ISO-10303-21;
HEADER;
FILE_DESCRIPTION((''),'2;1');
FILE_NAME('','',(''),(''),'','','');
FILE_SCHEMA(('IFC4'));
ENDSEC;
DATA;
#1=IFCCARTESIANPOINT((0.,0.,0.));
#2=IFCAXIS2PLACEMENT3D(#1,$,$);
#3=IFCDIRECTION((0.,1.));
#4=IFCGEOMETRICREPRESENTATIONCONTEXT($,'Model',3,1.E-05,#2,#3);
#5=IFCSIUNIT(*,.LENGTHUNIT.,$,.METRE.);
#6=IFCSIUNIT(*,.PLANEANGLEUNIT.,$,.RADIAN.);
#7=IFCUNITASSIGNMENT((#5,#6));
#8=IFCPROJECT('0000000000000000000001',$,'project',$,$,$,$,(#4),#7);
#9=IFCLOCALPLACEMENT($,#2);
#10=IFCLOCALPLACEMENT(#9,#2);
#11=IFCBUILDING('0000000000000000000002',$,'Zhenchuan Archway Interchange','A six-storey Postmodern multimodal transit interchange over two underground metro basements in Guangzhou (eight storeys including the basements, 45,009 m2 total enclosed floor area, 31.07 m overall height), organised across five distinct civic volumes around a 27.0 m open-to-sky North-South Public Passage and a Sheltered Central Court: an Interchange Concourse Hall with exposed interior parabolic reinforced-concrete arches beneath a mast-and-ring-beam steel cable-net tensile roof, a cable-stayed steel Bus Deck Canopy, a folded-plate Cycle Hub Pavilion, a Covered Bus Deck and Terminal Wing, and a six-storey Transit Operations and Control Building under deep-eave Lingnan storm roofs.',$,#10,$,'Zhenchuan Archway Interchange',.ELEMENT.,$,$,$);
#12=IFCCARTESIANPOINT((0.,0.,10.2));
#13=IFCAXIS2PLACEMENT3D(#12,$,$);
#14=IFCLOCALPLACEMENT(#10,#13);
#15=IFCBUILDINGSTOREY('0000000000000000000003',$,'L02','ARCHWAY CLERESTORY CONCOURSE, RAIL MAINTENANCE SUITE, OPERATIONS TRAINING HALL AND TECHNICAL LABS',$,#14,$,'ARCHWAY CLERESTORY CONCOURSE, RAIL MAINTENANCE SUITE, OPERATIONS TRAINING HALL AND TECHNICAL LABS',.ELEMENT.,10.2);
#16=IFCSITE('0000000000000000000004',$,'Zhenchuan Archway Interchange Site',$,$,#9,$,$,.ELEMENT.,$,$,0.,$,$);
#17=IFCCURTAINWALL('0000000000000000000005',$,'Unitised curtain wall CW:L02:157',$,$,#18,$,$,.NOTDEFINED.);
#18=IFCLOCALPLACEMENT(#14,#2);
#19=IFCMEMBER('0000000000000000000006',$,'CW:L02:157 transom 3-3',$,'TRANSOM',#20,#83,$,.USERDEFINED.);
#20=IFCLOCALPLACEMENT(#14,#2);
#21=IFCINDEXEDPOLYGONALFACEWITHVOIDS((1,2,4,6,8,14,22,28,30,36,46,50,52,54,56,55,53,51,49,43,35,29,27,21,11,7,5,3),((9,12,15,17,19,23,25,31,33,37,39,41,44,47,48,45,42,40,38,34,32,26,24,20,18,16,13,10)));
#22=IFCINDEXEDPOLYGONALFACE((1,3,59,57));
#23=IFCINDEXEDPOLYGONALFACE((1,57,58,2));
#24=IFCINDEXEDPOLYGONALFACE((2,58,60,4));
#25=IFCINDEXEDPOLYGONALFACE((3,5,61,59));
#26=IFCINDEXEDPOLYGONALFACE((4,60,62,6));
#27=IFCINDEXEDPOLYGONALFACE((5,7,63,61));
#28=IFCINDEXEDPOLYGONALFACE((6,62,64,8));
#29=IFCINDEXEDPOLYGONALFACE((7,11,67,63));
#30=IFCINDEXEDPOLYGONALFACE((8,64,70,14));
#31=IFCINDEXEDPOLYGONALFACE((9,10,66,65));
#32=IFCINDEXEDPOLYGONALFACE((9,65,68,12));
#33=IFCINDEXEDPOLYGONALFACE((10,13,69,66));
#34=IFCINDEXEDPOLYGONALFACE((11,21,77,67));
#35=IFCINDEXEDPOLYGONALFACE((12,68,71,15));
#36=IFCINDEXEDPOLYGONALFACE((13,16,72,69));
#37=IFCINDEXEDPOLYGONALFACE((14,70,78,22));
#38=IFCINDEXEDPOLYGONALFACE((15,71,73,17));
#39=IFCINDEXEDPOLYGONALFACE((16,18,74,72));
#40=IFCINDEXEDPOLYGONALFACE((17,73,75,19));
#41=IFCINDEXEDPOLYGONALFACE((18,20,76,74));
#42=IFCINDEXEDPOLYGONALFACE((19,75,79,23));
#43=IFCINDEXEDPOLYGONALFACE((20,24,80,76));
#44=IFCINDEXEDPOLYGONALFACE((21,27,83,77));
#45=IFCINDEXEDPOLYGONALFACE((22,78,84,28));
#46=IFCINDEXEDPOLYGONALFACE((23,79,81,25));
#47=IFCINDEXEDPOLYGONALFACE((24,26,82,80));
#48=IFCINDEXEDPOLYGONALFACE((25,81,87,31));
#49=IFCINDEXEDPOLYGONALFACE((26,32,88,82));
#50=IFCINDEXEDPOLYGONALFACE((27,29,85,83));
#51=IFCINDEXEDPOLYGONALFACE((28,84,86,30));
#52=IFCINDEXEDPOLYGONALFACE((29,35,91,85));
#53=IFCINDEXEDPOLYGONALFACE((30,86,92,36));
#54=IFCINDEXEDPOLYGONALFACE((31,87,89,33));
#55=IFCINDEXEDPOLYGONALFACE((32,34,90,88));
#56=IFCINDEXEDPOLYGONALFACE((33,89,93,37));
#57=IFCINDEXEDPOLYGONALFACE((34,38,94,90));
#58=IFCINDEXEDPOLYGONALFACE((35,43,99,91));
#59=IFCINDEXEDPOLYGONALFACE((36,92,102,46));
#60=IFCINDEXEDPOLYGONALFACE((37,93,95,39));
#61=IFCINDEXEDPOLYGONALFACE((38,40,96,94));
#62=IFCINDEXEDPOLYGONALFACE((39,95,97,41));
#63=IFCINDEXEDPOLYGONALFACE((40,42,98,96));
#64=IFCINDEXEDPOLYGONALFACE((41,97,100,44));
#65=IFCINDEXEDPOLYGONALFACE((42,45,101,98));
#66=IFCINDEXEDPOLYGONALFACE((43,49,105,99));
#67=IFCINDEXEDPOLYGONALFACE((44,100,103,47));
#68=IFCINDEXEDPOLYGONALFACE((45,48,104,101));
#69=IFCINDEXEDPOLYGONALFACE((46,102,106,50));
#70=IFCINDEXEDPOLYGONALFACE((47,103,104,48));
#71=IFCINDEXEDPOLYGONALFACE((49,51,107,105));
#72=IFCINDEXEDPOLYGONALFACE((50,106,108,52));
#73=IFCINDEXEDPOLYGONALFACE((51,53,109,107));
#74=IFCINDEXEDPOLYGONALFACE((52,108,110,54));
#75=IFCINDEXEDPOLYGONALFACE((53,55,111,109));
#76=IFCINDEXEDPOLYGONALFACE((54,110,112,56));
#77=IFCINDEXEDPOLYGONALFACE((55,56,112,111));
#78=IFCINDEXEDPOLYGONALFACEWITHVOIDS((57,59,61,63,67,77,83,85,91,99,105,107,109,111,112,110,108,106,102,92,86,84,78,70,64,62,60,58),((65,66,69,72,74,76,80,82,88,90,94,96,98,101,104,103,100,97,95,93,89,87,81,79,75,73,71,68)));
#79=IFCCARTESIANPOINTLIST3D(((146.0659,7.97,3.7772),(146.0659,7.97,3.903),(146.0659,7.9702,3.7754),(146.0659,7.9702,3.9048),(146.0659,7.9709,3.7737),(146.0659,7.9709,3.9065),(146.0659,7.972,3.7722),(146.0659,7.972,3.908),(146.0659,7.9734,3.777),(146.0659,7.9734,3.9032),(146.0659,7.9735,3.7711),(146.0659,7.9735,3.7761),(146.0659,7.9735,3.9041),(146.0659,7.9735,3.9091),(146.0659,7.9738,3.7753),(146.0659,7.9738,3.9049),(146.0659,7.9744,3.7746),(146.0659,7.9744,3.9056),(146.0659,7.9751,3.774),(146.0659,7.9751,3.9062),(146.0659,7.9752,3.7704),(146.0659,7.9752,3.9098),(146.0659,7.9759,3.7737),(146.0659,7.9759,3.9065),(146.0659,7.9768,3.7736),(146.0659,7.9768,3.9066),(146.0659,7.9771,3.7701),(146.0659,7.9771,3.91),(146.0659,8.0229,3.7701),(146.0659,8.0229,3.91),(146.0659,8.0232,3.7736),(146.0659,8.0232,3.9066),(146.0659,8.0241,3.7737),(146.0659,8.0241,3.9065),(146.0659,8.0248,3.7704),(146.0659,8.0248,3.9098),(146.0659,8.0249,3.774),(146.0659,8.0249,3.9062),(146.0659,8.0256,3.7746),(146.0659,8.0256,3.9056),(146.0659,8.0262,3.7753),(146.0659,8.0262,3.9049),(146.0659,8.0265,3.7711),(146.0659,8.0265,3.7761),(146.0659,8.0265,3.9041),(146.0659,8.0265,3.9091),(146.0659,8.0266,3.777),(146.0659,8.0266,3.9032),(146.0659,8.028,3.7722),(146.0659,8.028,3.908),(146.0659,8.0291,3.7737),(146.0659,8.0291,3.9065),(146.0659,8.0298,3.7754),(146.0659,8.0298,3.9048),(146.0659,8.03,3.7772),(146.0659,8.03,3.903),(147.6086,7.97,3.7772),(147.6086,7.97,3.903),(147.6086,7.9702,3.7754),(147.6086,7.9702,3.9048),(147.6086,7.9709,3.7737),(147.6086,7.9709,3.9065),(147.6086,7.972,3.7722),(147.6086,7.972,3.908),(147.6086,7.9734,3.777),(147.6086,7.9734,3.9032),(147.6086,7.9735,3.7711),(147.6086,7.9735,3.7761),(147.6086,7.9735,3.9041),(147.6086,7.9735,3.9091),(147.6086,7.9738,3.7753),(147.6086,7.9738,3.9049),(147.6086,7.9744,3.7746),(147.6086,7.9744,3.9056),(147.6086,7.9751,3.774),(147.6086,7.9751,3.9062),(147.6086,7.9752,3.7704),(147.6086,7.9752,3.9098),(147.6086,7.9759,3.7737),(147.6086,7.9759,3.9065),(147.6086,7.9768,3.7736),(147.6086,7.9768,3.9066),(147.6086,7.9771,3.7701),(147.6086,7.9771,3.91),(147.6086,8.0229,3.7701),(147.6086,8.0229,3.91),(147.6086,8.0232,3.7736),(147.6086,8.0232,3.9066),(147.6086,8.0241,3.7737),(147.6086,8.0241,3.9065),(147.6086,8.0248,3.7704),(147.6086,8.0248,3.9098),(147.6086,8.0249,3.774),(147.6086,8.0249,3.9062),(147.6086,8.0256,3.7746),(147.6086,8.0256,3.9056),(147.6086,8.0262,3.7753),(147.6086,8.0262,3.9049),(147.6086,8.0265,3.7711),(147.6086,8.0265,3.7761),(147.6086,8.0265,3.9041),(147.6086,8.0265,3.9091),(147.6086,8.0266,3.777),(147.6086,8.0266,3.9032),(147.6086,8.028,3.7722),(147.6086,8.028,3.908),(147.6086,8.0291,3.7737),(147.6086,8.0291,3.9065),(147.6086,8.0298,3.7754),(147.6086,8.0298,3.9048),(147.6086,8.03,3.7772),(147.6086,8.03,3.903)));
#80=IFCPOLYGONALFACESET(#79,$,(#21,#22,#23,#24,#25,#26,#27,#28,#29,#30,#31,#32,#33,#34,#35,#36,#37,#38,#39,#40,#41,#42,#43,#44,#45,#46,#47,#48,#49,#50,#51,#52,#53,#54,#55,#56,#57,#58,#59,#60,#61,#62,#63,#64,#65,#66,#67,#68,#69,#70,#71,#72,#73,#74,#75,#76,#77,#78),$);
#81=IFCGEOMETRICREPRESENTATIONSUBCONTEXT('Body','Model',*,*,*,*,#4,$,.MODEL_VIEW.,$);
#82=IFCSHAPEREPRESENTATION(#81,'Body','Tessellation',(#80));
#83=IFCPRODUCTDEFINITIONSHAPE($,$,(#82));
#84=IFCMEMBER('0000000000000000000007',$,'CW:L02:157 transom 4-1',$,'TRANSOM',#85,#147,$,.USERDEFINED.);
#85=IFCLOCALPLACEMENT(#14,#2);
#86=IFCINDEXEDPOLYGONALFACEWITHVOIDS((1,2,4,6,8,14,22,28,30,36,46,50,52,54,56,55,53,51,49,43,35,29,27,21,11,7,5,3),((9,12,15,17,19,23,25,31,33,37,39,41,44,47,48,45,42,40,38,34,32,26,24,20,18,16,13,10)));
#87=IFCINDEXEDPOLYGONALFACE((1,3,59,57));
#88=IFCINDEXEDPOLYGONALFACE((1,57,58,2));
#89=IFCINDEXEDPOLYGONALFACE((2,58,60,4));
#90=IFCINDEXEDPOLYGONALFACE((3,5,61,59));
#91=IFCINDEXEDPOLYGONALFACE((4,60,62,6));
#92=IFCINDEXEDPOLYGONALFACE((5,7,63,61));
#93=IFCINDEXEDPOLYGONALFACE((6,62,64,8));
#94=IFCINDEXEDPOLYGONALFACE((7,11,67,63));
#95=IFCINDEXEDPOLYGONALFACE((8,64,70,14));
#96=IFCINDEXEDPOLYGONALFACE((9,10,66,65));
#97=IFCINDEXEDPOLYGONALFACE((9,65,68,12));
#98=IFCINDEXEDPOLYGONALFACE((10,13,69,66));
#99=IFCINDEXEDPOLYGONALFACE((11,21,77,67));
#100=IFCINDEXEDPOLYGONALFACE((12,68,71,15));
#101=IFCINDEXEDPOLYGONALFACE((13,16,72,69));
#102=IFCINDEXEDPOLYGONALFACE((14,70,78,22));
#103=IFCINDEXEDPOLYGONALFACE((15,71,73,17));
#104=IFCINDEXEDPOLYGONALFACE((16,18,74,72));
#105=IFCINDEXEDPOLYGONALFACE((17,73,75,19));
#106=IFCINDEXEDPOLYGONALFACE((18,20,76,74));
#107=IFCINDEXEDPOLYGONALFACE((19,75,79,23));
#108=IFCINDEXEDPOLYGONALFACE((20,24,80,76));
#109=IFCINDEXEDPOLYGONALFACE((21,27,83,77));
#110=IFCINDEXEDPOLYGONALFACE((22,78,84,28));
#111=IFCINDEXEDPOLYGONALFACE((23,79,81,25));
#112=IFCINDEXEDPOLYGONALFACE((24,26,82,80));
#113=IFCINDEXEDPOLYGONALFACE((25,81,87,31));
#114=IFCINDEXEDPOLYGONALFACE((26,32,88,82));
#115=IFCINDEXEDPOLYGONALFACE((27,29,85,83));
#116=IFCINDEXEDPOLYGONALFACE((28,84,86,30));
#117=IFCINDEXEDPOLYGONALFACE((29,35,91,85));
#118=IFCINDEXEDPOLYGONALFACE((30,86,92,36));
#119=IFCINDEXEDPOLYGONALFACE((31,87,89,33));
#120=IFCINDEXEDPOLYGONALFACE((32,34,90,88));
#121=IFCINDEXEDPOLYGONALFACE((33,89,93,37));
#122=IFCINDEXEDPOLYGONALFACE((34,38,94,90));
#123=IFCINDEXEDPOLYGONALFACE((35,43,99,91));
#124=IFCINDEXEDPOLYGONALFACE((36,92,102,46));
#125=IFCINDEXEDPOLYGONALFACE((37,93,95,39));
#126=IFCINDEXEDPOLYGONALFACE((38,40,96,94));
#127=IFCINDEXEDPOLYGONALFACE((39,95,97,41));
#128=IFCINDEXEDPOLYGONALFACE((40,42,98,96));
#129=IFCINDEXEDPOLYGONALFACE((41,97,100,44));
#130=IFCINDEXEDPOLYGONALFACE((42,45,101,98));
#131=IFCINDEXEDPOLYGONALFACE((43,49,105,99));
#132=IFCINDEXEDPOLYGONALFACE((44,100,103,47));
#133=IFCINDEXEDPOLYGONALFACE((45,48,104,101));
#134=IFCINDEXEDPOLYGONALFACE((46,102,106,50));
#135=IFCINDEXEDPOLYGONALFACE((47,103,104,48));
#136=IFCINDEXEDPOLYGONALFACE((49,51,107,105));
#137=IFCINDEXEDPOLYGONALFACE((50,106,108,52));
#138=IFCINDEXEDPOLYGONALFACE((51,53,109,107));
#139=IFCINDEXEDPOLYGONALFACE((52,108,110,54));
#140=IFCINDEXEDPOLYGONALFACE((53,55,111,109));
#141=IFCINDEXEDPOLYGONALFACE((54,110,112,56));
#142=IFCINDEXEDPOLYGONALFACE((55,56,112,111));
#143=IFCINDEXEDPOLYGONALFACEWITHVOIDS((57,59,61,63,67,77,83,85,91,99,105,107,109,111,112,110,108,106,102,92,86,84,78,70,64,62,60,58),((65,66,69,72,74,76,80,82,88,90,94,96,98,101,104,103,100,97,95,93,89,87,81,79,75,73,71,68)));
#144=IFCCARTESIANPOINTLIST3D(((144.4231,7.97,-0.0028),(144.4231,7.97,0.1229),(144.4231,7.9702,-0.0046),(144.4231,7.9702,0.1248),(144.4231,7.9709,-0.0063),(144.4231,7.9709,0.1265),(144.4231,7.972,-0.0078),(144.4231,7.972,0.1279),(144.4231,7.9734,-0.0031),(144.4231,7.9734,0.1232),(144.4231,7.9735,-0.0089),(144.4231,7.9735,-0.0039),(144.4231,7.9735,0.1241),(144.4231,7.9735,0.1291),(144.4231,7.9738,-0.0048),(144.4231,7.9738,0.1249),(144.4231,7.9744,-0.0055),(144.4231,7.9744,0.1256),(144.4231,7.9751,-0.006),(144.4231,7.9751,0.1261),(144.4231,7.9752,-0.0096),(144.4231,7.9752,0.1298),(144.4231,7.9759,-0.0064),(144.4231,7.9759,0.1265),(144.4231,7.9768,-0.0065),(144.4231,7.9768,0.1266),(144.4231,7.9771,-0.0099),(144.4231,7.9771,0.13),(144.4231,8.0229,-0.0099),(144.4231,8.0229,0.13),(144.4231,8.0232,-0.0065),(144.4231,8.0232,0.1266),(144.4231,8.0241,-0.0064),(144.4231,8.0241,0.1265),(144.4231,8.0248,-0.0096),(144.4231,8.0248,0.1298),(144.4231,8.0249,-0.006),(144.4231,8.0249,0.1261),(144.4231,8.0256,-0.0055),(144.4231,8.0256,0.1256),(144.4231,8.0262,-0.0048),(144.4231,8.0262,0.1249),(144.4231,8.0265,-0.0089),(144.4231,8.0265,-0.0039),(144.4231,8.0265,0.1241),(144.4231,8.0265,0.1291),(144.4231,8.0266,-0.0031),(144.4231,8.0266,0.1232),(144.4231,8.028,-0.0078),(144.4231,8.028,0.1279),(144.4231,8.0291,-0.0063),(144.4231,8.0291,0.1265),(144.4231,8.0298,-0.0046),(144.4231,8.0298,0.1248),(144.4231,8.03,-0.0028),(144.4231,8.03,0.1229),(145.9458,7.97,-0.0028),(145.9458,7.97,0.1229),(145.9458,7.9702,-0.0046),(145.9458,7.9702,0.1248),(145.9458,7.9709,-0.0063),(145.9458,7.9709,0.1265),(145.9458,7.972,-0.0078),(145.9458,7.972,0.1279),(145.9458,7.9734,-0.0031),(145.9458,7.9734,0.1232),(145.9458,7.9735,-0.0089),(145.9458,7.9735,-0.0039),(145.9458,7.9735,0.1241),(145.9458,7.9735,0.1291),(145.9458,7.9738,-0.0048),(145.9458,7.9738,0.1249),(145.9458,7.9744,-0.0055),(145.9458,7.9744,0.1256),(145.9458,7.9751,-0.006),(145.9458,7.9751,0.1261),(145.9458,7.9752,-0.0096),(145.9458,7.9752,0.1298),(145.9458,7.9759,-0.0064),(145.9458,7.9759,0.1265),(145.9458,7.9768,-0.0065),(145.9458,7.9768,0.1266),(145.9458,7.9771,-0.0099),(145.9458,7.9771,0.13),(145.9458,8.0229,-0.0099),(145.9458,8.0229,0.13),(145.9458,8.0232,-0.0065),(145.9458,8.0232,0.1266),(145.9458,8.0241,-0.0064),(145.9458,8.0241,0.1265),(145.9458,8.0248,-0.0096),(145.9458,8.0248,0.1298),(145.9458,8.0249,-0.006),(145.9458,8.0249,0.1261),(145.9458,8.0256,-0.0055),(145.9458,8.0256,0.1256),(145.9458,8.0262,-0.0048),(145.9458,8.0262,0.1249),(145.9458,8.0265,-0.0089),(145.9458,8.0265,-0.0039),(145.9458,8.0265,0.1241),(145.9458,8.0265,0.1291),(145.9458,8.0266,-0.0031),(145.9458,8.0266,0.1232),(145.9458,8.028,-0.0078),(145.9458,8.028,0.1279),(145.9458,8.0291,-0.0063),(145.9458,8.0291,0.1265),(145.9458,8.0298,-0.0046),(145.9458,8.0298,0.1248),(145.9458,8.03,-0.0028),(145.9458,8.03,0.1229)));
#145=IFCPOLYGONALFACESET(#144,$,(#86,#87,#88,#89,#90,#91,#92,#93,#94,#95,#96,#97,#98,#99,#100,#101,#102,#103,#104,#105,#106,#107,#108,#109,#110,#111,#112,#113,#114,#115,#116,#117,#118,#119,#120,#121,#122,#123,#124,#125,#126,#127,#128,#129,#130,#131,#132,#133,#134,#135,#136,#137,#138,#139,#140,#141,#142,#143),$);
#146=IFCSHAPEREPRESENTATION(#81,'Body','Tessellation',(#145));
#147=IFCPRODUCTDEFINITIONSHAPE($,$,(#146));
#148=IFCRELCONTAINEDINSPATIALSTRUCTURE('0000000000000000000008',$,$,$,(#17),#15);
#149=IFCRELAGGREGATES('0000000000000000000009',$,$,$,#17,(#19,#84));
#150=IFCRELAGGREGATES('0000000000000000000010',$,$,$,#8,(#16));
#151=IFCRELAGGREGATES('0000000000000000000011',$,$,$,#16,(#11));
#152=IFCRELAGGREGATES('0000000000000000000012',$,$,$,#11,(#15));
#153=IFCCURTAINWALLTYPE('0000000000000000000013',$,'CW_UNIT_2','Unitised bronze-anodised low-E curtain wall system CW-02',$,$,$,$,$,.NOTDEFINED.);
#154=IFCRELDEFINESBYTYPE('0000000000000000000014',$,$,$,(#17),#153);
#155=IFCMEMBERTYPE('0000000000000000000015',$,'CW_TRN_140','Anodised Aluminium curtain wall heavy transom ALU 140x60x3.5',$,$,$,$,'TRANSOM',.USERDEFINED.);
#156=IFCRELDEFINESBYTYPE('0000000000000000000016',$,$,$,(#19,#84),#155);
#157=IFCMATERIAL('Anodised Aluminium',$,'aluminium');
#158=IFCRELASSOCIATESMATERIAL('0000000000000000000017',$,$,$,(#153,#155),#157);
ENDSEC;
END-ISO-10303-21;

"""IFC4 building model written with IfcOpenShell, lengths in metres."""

from ifc_helpers import new_model, si_unit, direction, frame, origin, origin_2d, place, context, subcontext, project, spatial, hollow_rectangle, extrude, material, material_profile, profile_set, type_object, element, aggregate, save


model = new_model("IFC4")

# Units and contexts
model_context = context("Model", 3, precision=1e-05, world=origin(), true_north=direction((0.0, 1.0)))
body_context = subcontext(model_context, "Body", "Model", "MODEL_VIEW")
ifc_project = project(units=[si_unit("LENGTHUNIT", "METRE"), si_unit("PLANEANGLEUNIT", "RADIAN")], contexts=[model_context])

# Site, building, storey
site_placement = place(None, origin())
site = spatial("IfcSite", under=ifc_project, at=site_placement, Name="Zhenchuan Archway Interchange Site", CompositionType="ELEMENT", RefElevation=0.0)
building_placement = place(site_placement, origin())
building = spatial("IfcBuilding", under=site, at=building_placement, Name="Zhenchuan Archway Interchange", Description="A six-storey Postmodern multimodal transit interchange over two underground metro basements in Guangzhou (eight storeys including the basements, 45,009 m2 total enclosed floor area, 31.07 m overall height), organised across five distinct civic volumes around a 27.0 m open-to-sky North-South Public Passage and a Sheltered Central Court: an Interchange Concourse Hall with exposed interior parabolic reinforced-concrete arches beneath a mast-and-ring-beam steel cable-net tensile roof, a cable-stayed steel Bus Deck Canopy, a folded-plate Cycle Hub Pavilion, a Covered Bus Deck and Terminal Wing, and a six-storey Transit Operations and Control Building under deep-eave Lingnan storm roofs.", LongName="Zhenchuan Archway Interchange", CompositionType="ELEMENT")
storey_placement = place(building_placement, frame((0.0, 0.0, 10.2)))
storey = spatial("IfcBuildingStorey", under=building, at=storey_placement, Name="L02", Description="ARCHWAY CLERESTORY CONCOURSE, RAIL MAINTENANCE SUITE, OPERATIONS TRAINING HALL AND TECHNICAL LABS", LongName="ARCHWAY CLERESTORY CONCOURSE, RAIL MAINTENANCE SUITE, OPERATIONS TRAINING HALL AND TECHNICAL LABS", CompositionType="ELEMENT", Elevation=10.2)

# Curtain wall, members
ifc_material_1 = material(Name="Anodised Aluminium", Category="aluminium")
curtain_wall_type = type_object("IfcCurtainWallType", Name="CW_UNIT_2", Description="Unitised bronze-anodised low-E curtain wall system CW-02", PredefinedType="NOTDEFINED", material=ifc_material_1)
curtain_wall_placement = place(storey_placement, origin())
curtain_wall = element("IfcCurtainWall", 1, at=curtain_wall_placement, inside=storey, type_object=curtain_wall_type, Name="Unitised curtain wall CW:L02:157", PredefinedType="NOTDEFINED")
ifc_material_profile_1 = material_profile(ifc_material_1, hollow_rectangle(XDim=0.0601, YDim=0.1399, WallThickness=0.0034, InnerFilletRadius=0.0034, OuterFilletRadius=0.0071, at=origin_2d()), Name="ALU 140x60x3.5")
ifc_profile_set_1 = profile_set([ifc_material_profile_1], Name="Anodised Aluminium")
member_type_1 = type_object("IfcMemberType", Name="CW_TRN_140", Description="Anodised Aluminium curtain wall heavy transom ALU 140x60x3.5", ElementType="TRANSOM", PredefinedType="USERDEFINED", material=ifc_profile_set_1)
member_1_placement = place(storey_placement, frame((147.6086, 8.0, 3.8401), z_axis=(-1.0, 0.0, 0.0), x_axis=(0.0, -1.0, 0.0)))
member_1 = element("IfcMember", 2, at=member_1_placement, type_object=member_type_1, Name="CW:L02:157 transom 3-3", ObjectType="TRANSOM", PredefinedType="USERDEFINED", context=body_context, shape_type="SweptSolid", body=[
    extrude(hollow_rectangle(XDim=0.0601, YDim=0.1399, WallThickness=0.0034, InnerFilletRadius=0.0034, OuterFilletRadius=0.0071, at=origin_2d()), origin(), (0.0, 0.0, 1.0), 1.5427),
])
member_2_placement = place(storey_placement, frame((145.9458, 8.0, 0.0601), z_axis=(-1.0, 0.0, 0.0), x_axis=(0.0, -1.0, 0.0)))
member_2 = element("IfcMember", 3, at=member_2_placement, type_object=member_type_1, Name="CW:L02:157 transom 4-1", ObjectType="TRANSOM", PredefinedType="USERDEFINED", context=body_context, shape_type="SweptSolid", body=[
    extrude(hollow_rectangle(XDim=0.0601, YDim=0.1399, WallThickness=0.0034, InnerFilletRadius=0.0034, OuterFilletRadius=0.0071, at=origin_2d()), origin(), (0.0, 0.0, 1.0), 1.5227),
])

aggregate(curtain_wall, [member_1, member_2])

save(model, "model.ifc")
